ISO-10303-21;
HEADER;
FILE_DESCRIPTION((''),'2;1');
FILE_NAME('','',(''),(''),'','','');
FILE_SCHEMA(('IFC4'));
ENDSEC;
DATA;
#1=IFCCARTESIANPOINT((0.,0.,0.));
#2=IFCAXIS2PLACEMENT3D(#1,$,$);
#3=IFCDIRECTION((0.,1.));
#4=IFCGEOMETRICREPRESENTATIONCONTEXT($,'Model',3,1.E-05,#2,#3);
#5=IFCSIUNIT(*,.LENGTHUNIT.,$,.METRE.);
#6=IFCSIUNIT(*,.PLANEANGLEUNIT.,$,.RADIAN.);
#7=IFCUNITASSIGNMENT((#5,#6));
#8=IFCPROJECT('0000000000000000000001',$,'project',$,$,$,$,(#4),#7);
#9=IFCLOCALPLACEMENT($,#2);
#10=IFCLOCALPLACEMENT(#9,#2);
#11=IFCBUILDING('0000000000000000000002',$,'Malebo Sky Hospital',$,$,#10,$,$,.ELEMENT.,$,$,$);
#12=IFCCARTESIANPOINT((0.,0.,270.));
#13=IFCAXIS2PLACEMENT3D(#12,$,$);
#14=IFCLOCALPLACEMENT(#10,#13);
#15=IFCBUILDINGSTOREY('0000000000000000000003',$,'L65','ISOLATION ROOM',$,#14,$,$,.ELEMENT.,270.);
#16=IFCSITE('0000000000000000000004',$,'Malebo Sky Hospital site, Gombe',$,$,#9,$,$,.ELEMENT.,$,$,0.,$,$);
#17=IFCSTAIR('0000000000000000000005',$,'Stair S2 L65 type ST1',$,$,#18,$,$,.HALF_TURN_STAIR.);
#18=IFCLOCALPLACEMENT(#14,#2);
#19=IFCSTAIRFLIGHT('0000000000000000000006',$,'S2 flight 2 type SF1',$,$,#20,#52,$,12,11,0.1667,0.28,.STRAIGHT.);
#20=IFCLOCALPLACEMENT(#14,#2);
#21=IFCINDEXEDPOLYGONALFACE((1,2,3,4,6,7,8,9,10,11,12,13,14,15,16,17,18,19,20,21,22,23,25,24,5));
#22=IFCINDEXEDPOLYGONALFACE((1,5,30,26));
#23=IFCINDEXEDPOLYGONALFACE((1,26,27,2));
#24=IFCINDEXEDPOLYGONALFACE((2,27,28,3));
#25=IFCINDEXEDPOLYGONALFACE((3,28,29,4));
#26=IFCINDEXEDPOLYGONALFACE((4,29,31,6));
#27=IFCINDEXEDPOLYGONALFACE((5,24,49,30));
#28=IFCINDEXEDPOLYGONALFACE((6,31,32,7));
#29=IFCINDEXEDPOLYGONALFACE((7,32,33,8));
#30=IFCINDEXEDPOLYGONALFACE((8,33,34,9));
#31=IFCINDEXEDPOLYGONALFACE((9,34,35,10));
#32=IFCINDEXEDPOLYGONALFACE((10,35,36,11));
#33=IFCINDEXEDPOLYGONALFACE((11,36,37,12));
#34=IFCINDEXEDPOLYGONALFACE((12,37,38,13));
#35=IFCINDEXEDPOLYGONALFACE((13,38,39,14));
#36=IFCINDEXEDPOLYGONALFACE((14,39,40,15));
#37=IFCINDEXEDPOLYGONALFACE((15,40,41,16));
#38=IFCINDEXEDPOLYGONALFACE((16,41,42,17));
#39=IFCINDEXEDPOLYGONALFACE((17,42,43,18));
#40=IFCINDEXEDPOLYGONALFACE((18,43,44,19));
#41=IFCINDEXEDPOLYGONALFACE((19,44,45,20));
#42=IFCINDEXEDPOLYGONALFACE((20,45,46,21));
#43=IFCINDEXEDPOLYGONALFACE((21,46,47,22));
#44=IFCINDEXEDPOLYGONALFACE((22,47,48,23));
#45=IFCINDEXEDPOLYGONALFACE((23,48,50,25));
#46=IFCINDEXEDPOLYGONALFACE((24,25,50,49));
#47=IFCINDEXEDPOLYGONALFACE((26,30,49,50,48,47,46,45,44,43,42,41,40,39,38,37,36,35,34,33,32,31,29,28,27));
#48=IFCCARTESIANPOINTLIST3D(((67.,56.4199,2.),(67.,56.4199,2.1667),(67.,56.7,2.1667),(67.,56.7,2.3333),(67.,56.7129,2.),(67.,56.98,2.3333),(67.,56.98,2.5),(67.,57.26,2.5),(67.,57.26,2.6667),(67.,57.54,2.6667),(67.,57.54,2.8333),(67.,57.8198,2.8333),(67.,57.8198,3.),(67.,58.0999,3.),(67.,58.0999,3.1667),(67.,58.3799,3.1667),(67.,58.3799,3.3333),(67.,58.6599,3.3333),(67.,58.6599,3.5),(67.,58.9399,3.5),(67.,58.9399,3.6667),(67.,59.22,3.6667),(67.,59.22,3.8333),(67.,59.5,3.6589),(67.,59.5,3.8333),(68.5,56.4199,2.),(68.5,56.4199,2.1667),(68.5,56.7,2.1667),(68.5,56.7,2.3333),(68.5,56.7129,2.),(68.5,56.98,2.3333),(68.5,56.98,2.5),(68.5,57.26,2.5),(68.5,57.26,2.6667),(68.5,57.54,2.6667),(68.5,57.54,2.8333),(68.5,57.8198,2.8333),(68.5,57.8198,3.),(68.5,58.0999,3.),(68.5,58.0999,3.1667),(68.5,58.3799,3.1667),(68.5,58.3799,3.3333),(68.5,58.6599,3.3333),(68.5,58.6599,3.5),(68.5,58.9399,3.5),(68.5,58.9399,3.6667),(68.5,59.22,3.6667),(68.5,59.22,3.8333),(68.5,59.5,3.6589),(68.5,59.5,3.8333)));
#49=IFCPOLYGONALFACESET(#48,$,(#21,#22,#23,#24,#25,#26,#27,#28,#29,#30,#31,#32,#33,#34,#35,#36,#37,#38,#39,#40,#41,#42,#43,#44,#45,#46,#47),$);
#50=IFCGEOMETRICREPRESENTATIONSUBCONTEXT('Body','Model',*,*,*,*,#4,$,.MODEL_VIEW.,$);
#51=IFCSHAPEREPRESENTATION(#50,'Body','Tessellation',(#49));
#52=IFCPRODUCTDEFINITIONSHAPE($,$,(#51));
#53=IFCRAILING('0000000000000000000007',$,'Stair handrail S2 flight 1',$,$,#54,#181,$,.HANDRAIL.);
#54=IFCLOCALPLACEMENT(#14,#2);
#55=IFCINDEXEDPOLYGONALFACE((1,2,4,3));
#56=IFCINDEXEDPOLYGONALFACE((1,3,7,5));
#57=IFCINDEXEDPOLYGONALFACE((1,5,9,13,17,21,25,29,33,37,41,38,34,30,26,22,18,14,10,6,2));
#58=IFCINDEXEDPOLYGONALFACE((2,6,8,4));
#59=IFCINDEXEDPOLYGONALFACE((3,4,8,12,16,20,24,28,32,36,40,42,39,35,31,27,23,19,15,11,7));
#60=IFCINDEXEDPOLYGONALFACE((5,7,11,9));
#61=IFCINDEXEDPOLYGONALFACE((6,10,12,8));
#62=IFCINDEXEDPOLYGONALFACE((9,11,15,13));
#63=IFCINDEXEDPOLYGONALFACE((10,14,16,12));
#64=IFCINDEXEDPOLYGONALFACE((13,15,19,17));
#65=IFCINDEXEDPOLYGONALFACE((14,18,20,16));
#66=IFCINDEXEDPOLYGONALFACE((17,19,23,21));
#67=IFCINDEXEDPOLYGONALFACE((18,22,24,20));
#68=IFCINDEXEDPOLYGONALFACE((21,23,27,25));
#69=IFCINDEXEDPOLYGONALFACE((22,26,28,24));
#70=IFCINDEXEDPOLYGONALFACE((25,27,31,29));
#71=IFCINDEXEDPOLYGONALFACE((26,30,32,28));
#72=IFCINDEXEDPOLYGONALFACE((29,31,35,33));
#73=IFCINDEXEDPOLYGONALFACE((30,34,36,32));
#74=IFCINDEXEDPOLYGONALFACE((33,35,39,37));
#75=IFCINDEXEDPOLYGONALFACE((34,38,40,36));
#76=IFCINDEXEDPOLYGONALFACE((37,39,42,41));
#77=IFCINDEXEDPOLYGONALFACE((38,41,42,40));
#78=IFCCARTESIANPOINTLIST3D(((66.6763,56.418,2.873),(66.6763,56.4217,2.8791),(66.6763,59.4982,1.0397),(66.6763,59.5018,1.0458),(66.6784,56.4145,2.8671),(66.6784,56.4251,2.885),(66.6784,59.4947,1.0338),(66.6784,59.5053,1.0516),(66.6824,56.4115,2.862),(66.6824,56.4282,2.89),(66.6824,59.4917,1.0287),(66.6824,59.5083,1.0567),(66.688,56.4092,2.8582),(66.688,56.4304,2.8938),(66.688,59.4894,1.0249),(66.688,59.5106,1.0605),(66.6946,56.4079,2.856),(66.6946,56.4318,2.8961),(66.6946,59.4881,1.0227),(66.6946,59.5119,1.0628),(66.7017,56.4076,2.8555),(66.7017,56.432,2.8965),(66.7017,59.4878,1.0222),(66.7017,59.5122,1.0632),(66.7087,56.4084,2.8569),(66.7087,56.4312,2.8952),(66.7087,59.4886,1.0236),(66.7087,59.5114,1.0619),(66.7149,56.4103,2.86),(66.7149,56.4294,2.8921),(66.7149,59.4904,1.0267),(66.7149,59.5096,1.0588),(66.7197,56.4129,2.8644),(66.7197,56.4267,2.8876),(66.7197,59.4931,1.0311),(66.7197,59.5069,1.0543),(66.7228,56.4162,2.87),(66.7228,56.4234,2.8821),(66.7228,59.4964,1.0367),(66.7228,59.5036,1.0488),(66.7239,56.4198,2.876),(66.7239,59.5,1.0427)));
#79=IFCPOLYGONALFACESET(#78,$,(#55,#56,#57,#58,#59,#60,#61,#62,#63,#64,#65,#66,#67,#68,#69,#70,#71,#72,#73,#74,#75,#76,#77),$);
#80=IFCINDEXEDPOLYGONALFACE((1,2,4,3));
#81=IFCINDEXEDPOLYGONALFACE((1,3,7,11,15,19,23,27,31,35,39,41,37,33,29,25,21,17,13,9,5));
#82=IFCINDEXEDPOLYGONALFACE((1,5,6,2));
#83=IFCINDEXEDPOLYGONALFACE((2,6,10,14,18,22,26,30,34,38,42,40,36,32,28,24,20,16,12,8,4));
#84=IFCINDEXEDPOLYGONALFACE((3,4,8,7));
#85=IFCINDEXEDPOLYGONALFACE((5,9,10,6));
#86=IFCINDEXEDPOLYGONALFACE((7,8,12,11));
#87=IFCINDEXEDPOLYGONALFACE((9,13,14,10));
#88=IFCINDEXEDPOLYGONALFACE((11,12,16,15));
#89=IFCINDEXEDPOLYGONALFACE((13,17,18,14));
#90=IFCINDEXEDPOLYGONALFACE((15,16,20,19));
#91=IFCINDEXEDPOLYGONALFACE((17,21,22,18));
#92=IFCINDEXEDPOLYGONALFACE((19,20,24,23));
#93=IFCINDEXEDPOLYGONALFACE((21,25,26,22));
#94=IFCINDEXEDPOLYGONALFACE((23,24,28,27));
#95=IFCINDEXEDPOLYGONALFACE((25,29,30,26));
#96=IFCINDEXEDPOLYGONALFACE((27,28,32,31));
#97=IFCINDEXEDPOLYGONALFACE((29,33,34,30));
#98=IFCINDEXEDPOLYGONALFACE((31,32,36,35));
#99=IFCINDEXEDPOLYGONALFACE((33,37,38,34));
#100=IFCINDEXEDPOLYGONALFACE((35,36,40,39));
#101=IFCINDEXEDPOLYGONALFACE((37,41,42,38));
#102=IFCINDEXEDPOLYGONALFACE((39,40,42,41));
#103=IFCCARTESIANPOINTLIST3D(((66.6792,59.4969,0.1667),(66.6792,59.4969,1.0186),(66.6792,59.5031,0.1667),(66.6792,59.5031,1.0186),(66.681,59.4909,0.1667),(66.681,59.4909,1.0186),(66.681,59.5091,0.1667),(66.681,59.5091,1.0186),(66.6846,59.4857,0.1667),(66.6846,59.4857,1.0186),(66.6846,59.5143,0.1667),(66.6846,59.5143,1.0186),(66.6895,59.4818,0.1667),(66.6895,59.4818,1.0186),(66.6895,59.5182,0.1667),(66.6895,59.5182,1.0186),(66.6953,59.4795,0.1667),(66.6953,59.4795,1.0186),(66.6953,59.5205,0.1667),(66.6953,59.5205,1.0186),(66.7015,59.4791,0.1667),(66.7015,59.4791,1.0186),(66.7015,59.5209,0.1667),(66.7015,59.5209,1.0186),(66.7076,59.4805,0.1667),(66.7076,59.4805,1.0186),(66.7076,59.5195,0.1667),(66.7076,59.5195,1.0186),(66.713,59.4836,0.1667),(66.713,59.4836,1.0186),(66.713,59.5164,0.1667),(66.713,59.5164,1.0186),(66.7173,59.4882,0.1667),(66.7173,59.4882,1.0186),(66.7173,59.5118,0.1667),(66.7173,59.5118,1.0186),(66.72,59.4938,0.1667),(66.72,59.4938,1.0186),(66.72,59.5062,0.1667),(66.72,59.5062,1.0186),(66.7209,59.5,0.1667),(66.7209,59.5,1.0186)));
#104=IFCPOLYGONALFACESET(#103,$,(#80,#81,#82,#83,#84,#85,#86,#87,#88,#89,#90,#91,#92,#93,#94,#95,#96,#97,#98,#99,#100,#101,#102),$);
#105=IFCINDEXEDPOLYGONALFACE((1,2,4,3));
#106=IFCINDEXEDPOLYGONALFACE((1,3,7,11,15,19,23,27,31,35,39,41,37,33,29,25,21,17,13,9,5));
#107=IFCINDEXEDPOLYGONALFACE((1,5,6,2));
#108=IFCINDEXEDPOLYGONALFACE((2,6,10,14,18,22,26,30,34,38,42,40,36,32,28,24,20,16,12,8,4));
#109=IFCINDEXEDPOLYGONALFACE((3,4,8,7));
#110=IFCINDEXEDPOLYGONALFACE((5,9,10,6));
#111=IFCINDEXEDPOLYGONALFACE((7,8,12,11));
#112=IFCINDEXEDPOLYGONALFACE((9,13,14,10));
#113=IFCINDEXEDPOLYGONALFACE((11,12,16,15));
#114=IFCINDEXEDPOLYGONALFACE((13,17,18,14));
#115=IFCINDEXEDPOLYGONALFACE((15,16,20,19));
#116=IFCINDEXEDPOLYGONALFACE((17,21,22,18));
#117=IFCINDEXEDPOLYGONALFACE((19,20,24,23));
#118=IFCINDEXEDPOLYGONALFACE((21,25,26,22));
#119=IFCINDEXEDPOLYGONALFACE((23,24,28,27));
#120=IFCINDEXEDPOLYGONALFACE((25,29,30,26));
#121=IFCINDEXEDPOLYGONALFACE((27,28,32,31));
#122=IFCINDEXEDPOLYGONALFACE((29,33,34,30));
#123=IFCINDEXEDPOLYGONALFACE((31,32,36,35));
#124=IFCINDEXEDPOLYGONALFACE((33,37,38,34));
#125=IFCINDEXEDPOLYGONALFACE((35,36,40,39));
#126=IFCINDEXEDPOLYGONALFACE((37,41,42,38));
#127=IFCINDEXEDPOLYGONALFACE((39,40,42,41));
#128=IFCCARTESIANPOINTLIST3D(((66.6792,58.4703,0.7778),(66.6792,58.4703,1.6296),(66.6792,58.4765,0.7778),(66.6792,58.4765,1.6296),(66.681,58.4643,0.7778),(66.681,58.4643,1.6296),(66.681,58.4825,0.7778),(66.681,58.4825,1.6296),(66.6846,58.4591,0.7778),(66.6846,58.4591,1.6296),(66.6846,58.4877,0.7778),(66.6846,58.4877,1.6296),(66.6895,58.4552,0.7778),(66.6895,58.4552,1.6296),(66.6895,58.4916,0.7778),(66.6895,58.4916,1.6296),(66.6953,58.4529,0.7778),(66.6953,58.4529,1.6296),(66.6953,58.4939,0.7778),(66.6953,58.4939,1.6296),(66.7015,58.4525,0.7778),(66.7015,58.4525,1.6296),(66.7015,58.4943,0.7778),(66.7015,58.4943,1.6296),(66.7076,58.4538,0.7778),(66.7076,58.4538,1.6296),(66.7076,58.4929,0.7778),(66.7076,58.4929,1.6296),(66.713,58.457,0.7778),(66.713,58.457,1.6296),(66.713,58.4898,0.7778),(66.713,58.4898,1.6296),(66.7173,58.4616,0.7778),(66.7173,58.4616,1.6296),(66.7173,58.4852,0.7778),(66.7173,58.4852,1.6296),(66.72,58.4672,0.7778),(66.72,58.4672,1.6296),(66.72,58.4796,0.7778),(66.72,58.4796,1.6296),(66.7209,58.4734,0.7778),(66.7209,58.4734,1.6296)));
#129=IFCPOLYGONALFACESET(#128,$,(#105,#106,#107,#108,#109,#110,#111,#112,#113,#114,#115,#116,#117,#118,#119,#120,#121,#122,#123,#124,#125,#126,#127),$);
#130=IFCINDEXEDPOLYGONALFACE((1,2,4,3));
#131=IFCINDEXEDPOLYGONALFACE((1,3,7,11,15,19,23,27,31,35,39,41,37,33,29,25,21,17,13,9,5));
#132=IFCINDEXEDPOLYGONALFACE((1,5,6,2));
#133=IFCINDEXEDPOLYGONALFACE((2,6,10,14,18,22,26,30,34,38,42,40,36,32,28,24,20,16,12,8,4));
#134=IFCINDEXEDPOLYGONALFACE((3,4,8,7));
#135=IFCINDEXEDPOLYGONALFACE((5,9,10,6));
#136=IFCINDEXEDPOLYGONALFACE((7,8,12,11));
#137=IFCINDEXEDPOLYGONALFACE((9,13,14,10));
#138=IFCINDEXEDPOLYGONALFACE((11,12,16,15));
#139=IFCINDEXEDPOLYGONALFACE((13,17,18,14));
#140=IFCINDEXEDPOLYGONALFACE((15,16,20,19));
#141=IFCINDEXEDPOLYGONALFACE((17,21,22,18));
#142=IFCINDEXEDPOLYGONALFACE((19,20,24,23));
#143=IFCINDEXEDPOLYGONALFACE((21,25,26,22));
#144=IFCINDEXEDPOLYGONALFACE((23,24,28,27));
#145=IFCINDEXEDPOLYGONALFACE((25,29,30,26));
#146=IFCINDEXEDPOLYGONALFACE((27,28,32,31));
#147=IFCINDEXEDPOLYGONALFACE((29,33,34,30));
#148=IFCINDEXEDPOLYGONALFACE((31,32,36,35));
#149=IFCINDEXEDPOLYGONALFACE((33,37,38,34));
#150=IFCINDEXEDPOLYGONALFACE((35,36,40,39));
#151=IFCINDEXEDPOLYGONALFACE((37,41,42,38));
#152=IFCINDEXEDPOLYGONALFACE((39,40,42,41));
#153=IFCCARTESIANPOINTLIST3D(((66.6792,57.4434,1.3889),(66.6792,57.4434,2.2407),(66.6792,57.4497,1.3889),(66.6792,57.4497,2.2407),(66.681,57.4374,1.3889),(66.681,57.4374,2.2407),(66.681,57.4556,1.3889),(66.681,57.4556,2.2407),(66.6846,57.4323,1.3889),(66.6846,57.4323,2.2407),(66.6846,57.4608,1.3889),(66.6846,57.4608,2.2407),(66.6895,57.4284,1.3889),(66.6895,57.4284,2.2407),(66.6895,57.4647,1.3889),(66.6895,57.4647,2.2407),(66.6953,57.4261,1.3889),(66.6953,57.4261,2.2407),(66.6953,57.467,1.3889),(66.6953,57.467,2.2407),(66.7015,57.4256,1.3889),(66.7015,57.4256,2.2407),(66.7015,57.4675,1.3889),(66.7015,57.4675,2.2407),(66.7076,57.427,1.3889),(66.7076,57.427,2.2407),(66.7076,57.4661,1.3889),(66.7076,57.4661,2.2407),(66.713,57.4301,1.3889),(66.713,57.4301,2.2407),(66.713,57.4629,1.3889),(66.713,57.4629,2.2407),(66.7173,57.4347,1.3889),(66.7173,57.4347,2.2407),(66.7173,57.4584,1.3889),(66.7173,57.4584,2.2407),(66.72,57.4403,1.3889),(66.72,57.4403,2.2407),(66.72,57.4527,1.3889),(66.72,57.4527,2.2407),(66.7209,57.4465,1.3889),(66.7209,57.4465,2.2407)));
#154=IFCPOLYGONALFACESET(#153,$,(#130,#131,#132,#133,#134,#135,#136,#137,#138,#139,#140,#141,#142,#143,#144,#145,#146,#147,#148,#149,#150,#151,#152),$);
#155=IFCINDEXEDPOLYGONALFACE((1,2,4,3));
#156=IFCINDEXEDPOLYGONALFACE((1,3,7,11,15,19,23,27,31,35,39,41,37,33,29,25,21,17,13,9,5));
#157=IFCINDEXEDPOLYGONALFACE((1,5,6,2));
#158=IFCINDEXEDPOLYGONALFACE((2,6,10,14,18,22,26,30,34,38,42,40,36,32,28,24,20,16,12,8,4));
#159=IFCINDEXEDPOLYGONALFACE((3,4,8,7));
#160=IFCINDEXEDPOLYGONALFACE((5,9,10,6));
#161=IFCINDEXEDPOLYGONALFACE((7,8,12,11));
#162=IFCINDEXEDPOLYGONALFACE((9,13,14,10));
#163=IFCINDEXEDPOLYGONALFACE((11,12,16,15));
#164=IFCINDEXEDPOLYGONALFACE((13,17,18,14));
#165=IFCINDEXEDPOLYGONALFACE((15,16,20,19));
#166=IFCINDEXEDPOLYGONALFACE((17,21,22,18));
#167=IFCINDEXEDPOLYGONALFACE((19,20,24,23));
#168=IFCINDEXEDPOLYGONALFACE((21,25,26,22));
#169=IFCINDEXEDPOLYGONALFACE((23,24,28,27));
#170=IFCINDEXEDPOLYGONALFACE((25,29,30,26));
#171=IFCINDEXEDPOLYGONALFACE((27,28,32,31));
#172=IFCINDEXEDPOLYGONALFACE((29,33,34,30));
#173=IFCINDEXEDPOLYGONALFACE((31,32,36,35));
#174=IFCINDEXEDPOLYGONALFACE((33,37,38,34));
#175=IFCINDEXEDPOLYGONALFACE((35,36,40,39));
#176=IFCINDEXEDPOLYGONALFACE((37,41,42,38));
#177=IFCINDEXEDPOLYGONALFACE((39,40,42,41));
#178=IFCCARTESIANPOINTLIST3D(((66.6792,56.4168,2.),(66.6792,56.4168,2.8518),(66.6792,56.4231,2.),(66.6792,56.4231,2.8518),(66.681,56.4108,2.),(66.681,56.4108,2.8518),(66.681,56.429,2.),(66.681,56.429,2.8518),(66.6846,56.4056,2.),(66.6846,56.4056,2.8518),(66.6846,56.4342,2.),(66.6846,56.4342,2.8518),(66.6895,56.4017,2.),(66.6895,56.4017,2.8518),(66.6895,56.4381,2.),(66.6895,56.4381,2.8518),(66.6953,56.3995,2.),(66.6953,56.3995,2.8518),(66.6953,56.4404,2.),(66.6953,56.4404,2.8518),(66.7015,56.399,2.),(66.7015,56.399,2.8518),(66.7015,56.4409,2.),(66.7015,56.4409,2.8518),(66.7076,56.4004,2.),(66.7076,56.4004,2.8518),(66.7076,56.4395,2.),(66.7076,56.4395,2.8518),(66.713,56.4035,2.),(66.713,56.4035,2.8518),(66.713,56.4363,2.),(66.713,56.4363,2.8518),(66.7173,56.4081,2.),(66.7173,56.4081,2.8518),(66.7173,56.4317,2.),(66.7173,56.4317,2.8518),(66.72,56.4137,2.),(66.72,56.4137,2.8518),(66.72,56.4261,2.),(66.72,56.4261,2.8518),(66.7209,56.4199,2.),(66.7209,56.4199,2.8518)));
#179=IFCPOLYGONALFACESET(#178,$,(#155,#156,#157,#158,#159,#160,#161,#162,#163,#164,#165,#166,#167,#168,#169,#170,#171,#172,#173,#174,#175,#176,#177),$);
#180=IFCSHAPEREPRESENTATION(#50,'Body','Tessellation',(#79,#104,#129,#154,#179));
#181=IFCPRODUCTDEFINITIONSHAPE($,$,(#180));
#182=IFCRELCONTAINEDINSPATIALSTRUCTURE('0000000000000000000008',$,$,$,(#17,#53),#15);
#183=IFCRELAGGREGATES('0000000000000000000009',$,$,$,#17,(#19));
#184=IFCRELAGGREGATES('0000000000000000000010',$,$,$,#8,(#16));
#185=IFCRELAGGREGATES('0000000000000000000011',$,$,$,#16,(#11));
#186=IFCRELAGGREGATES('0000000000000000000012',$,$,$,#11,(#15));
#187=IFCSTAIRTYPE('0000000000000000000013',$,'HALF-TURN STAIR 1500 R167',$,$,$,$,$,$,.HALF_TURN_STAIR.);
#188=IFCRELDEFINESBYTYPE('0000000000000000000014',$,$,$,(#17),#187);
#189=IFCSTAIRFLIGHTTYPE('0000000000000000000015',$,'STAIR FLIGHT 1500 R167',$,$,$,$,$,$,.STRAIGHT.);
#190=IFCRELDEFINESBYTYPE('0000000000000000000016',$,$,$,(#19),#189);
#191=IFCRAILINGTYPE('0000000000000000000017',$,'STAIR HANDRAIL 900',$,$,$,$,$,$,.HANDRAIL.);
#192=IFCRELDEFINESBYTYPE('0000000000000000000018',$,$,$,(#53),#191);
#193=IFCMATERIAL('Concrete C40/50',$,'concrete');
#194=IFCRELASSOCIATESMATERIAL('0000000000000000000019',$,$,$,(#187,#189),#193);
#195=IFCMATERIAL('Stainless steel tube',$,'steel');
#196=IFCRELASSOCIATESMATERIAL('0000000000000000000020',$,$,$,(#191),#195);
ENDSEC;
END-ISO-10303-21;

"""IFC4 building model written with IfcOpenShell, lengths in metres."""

from ifc_helpers import new_model, si_unit, direction, frame, origin, origin_2d, place, context, subcontext, project, spatial, polyline, circle, outline, extrude, material, type_object, element, aggregate, save


model = new_model("IFC4")

# Units and contexts
model_context = context("Model", 3, precision=1e-05, world=origin(), true_north=direction((0.0, 1.0)))
body_context = subcontext(model_context, "Body", "Model", "MODEL_VIEW")
ifc_project = project(units=[si_unit("LENGTHUNIT", "METRE"), si_unit("PLANEANGLEUNIT", "RADIAN")], contexts=[model_context])

# Site, building, storey
site_placement = place(None, origin())
site = spatial("IfcSite", under=ifc_project, at=site_placement, Name="Malebo Sky Hospital site, Gombe", CompositionType="ELEMENT", RefElevation=0.0)
building_placement = place(site_placement, origin())
building = spatial("IfcBuilding", under=site, at=building_placement, Name="Malebo Sky Hospital", CompositionType="ELEMENT")
storey_placement = place(building_placement, frame((0.0, 0.0, 270.0)))
storey = spatial("IfcBuildingStorey", under=building, at=storey_placement, Name="L65", Description="ISOLATION ROOM", CompositionType="ELEMENT", Elevation=270.0)

# Stair, stair flight
ifc_material_1 = material(Name="Concrete C40/50", Category="concrete")
stair_type = type_object("IfcStairType", Name="HALF-TURN STAIR 1500 R167", PredefinedType="HALF_TURN_STAIR", material=ifc_material_1)
stair_placement = place(storey_placement, origin())
stair = element("IfcStair", 1, at=stair_placement, inside=storey, type_object=stair_type, Name="Stair S2 L65 type ST1", PredefinedType="HALF_TURN_STAIR")
stair_flight_type = type_object("IfcStairFlightType", Name="STAIR FLIGHT 1500 R167", PredefinedType="STRAIGHT", material=ifc_material_1)
stair_flight_1_placement = place(storey_placement, frame((67.75, 56.4199, 2.0), z_axis=(0.0, 0.0, 1.0), x_axis=(0.0, 1.0, 0.0)))
stair_flight_1 = element("IfcStairFlight", 2, at=stair_flight_1_placement, type_object=stair_flight_type, Name="S2 flight 2 type SF1", NumberOfRisers=12, NumberOfTreads=11, PredefinedType="STRAIGHT", RiserHeight=0.1667, TreadLength=0.28, context=body_context, shape_type="SweptSolid", body=[
    extrude(outline(polyline([(0.0, 0.0), (0.0, 0.1667), (0.28, 0.1667), (0.28, 0.3333), (0.5601, 0.3333), (0.5601, 0.5), (0.8401, 0.5), (0.8401, 0.6667), (1.1201, 0.6667), (1.1201, 0.8333), (1.3999, 0.8333), (1.3999, 1.0), (1.6799, 1.0), (1.6799, 1.1667), (1.96, 1.1667), (1.96, 1.3333), (2.24, 1.3333), (2.24, 1.5), (2.52, 1.5), (2.52, 1.6667), (2.8, 1.6667), (2.8, 1.8333), (3.0801, 1.8333), (3.0801, 2.0), (3.0801, 1.6589), (0.293, 0.0), (0.0, 0.0)])), frame((0.0, 0.75, 0.0), z_axis=(0.0, -1.0, 0.0), x_axis=(1.0, 0.0, 0.0)), (0.0, 0.0, 1.0), 1.5),
])
aggregate(stair, [stair_flight_1])

# Railing
ifc_material_2 = material(Name="Stainless steel tube", Category="steel")
railing_type = type_object("IfcRailingType", Name="STAIR HANDRAIL 900", PredefinedType="HANDRAIL", material=ifc_material_2)
railing_1_placement = place(storey_placement, frame((66.7, 59.5, 0.1667)))
element("IfcRailing", 3, at=railing_1_placement, inside=storey, type_object=railing_type, Name="Stair handrail S2 flight 1", PredefinedType="HANDRAIL", context=body_context, shape_type="SweptSolid", body=[
    extrude(circle(Radius=0.0239, at=origin_2d()), frame((0.0, 0.0, 0.876), z_axis=(0.0, -0.859309, 0.511458), x_axis=(1.0, 0.0, 0.0)), (0.0, 0.0, 1.0), 3.5845),
    extrude(circle(Radius=0.021, at=origin_2d()), origin(), (0.0, 0.0, 1.0), 0.8518),
    extrude(circle(Radius=0.021, at=origin_2d()), frame((0.0, -1.0266, 0.6111)), (0.0, 0.0, 1.0), 0.8518),
    extrude(circle(Radius=0.021, at=origin_2d()), frame((0.0, -2.0535, 1.2222)), (0.0, 0.0, 1.0), 0.8518),
    extrude(circle(Radius=0.021, at=origin_2d()), frame((0.0, -3.0801, 1.8333)), (0.0, 0.0, 1.0), 0.8518),
])

save(model, "model.ifc")
